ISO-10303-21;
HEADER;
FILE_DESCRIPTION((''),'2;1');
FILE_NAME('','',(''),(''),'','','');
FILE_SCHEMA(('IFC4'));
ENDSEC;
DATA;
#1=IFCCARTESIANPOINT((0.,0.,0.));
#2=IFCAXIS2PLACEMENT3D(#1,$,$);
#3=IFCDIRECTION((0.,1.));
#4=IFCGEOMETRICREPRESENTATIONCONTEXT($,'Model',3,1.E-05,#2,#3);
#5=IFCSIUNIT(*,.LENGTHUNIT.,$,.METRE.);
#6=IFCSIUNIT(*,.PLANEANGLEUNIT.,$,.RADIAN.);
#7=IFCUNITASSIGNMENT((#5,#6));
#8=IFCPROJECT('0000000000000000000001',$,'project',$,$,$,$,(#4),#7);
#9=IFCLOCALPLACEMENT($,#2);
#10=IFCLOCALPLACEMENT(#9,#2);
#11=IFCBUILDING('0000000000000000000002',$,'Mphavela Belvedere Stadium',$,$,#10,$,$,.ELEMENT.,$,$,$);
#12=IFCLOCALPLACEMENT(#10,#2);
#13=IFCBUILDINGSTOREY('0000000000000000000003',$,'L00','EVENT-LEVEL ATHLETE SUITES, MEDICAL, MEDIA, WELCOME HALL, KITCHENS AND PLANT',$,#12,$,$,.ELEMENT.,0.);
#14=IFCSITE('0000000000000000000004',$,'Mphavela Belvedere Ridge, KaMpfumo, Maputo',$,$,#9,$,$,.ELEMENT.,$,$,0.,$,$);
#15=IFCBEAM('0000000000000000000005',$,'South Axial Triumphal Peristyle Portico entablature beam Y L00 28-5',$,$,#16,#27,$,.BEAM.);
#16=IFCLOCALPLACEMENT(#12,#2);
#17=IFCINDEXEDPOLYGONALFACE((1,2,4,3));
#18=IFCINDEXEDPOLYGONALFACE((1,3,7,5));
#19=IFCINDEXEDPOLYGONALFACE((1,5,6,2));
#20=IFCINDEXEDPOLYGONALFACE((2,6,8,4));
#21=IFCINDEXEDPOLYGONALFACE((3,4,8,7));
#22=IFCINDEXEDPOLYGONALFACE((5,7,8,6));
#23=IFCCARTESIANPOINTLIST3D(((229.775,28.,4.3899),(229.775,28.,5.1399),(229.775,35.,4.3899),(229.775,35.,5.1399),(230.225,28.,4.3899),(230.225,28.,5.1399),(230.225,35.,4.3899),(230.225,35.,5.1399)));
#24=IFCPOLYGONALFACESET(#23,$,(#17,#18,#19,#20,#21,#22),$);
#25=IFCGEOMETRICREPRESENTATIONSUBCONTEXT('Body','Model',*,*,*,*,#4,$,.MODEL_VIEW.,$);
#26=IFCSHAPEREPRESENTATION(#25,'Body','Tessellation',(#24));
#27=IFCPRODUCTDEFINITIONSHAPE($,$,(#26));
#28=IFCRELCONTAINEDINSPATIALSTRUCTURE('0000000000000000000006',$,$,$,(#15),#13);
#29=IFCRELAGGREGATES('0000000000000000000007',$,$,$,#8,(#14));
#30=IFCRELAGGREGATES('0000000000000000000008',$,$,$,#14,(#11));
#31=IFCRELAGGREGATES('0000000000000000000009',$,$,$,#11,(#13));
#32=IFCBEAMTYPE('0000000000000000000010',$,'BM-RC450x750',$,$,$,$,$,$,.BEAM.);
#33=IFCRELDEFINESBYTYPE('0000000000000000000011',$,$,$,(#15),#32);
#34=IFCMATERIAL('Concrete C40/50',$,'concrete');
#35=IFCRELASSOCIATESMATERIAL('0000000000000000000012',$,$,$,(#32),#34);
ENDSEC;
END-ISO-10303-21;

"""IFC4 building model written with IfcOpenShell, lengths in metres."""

from ifc_helpers import new_model, si_unit, direction, frame, origin, origin_2d, place, context, subcontext, project, spatial, rectangle, extrude, material, material_profile, profile_set, type_object, element, save


model = new_model("IFC4")

# Units and contexts
model_context = context("Model", 3, precision=1e-05, world=origin(), true_north=direction((0.0, 1.0)))
body_context = subcontext(model_context, "Body", "Model", "MODEL_VIEW")
ifc_project = project(units=[si_unit("LENGTHUNIT", "METRE"), si_unit("PLANEANGLEUNIT", "RADIAN")], contexts=[model_context])

# Site, building, storey
site_placement = place(None, origin())
site = spatial("IfcSite", under=ifc_project, at=site_placement, Name="Mphavela Belvedere Ridge, KaMpfumo, Maputo", CompositionType="ELEMENT", RefElevation=0.0)
building_placement = place(site_placement, origin())
building = spatial("IfcBuilding", under=site, at=building_placement, Name="Mphavela Belvedere Stadium", CompositionType="ELEMENT")
storey_placement = place(building_placement, origin())
storey = spatial("IfcBuildingStorey", under=building, at=storey_placement, Name="L00", Description="EVENT-LEVEL ATHLETE SUITES, MEDICAL, MEDIA, WELCOME HALL, KITCHENS AND PLANT", CompositionType="ELEMENT", Elevation=0.0)

# Beam
ifc_material_1 = material(Name="Concrete C40/50", Category="concrete")
ifc_material_profile_1 = material_profile(ifc_material_1, rectangle(XDim=0.45, YDim=0.75, at=origin_2d()), Name="RC 450x750")
ifc_profile_set_1 = profile_set([ifc_material_profile_1], Name="Concrete C40/50")
beam_type_1 = type_object("IfcBeamType", Name="BM-RC450x750", PredefinedType="BEAM", material=ifc_profile_set_1)
for number, where, z_axis, x_axis, name in (
    (1, (230.0, 28.0, 4.7649), (0.0, 1.0, 0.0), (-1.0, 0.0, 0.0), "South Axial Triumphal Peristyle Portico entablature beam Y L00 28-5"),
):
    element("IfcBeam", number, at=place(storey_placement, frame(where, z_axis=z_axis, x_axis=x_axis)), inside=storey, type_object=beam_type_1, Name=name, PredefinedType="BEAM", context=body_context, shape_type="SweptSolid", body=[
        extrude(rectangle(XDim=0.45, YDim=0.75, at=origin_2d()), origin(), (0.0, 0.0, 1.0), 7.0),
    ])

save(model, "model.ifc")
